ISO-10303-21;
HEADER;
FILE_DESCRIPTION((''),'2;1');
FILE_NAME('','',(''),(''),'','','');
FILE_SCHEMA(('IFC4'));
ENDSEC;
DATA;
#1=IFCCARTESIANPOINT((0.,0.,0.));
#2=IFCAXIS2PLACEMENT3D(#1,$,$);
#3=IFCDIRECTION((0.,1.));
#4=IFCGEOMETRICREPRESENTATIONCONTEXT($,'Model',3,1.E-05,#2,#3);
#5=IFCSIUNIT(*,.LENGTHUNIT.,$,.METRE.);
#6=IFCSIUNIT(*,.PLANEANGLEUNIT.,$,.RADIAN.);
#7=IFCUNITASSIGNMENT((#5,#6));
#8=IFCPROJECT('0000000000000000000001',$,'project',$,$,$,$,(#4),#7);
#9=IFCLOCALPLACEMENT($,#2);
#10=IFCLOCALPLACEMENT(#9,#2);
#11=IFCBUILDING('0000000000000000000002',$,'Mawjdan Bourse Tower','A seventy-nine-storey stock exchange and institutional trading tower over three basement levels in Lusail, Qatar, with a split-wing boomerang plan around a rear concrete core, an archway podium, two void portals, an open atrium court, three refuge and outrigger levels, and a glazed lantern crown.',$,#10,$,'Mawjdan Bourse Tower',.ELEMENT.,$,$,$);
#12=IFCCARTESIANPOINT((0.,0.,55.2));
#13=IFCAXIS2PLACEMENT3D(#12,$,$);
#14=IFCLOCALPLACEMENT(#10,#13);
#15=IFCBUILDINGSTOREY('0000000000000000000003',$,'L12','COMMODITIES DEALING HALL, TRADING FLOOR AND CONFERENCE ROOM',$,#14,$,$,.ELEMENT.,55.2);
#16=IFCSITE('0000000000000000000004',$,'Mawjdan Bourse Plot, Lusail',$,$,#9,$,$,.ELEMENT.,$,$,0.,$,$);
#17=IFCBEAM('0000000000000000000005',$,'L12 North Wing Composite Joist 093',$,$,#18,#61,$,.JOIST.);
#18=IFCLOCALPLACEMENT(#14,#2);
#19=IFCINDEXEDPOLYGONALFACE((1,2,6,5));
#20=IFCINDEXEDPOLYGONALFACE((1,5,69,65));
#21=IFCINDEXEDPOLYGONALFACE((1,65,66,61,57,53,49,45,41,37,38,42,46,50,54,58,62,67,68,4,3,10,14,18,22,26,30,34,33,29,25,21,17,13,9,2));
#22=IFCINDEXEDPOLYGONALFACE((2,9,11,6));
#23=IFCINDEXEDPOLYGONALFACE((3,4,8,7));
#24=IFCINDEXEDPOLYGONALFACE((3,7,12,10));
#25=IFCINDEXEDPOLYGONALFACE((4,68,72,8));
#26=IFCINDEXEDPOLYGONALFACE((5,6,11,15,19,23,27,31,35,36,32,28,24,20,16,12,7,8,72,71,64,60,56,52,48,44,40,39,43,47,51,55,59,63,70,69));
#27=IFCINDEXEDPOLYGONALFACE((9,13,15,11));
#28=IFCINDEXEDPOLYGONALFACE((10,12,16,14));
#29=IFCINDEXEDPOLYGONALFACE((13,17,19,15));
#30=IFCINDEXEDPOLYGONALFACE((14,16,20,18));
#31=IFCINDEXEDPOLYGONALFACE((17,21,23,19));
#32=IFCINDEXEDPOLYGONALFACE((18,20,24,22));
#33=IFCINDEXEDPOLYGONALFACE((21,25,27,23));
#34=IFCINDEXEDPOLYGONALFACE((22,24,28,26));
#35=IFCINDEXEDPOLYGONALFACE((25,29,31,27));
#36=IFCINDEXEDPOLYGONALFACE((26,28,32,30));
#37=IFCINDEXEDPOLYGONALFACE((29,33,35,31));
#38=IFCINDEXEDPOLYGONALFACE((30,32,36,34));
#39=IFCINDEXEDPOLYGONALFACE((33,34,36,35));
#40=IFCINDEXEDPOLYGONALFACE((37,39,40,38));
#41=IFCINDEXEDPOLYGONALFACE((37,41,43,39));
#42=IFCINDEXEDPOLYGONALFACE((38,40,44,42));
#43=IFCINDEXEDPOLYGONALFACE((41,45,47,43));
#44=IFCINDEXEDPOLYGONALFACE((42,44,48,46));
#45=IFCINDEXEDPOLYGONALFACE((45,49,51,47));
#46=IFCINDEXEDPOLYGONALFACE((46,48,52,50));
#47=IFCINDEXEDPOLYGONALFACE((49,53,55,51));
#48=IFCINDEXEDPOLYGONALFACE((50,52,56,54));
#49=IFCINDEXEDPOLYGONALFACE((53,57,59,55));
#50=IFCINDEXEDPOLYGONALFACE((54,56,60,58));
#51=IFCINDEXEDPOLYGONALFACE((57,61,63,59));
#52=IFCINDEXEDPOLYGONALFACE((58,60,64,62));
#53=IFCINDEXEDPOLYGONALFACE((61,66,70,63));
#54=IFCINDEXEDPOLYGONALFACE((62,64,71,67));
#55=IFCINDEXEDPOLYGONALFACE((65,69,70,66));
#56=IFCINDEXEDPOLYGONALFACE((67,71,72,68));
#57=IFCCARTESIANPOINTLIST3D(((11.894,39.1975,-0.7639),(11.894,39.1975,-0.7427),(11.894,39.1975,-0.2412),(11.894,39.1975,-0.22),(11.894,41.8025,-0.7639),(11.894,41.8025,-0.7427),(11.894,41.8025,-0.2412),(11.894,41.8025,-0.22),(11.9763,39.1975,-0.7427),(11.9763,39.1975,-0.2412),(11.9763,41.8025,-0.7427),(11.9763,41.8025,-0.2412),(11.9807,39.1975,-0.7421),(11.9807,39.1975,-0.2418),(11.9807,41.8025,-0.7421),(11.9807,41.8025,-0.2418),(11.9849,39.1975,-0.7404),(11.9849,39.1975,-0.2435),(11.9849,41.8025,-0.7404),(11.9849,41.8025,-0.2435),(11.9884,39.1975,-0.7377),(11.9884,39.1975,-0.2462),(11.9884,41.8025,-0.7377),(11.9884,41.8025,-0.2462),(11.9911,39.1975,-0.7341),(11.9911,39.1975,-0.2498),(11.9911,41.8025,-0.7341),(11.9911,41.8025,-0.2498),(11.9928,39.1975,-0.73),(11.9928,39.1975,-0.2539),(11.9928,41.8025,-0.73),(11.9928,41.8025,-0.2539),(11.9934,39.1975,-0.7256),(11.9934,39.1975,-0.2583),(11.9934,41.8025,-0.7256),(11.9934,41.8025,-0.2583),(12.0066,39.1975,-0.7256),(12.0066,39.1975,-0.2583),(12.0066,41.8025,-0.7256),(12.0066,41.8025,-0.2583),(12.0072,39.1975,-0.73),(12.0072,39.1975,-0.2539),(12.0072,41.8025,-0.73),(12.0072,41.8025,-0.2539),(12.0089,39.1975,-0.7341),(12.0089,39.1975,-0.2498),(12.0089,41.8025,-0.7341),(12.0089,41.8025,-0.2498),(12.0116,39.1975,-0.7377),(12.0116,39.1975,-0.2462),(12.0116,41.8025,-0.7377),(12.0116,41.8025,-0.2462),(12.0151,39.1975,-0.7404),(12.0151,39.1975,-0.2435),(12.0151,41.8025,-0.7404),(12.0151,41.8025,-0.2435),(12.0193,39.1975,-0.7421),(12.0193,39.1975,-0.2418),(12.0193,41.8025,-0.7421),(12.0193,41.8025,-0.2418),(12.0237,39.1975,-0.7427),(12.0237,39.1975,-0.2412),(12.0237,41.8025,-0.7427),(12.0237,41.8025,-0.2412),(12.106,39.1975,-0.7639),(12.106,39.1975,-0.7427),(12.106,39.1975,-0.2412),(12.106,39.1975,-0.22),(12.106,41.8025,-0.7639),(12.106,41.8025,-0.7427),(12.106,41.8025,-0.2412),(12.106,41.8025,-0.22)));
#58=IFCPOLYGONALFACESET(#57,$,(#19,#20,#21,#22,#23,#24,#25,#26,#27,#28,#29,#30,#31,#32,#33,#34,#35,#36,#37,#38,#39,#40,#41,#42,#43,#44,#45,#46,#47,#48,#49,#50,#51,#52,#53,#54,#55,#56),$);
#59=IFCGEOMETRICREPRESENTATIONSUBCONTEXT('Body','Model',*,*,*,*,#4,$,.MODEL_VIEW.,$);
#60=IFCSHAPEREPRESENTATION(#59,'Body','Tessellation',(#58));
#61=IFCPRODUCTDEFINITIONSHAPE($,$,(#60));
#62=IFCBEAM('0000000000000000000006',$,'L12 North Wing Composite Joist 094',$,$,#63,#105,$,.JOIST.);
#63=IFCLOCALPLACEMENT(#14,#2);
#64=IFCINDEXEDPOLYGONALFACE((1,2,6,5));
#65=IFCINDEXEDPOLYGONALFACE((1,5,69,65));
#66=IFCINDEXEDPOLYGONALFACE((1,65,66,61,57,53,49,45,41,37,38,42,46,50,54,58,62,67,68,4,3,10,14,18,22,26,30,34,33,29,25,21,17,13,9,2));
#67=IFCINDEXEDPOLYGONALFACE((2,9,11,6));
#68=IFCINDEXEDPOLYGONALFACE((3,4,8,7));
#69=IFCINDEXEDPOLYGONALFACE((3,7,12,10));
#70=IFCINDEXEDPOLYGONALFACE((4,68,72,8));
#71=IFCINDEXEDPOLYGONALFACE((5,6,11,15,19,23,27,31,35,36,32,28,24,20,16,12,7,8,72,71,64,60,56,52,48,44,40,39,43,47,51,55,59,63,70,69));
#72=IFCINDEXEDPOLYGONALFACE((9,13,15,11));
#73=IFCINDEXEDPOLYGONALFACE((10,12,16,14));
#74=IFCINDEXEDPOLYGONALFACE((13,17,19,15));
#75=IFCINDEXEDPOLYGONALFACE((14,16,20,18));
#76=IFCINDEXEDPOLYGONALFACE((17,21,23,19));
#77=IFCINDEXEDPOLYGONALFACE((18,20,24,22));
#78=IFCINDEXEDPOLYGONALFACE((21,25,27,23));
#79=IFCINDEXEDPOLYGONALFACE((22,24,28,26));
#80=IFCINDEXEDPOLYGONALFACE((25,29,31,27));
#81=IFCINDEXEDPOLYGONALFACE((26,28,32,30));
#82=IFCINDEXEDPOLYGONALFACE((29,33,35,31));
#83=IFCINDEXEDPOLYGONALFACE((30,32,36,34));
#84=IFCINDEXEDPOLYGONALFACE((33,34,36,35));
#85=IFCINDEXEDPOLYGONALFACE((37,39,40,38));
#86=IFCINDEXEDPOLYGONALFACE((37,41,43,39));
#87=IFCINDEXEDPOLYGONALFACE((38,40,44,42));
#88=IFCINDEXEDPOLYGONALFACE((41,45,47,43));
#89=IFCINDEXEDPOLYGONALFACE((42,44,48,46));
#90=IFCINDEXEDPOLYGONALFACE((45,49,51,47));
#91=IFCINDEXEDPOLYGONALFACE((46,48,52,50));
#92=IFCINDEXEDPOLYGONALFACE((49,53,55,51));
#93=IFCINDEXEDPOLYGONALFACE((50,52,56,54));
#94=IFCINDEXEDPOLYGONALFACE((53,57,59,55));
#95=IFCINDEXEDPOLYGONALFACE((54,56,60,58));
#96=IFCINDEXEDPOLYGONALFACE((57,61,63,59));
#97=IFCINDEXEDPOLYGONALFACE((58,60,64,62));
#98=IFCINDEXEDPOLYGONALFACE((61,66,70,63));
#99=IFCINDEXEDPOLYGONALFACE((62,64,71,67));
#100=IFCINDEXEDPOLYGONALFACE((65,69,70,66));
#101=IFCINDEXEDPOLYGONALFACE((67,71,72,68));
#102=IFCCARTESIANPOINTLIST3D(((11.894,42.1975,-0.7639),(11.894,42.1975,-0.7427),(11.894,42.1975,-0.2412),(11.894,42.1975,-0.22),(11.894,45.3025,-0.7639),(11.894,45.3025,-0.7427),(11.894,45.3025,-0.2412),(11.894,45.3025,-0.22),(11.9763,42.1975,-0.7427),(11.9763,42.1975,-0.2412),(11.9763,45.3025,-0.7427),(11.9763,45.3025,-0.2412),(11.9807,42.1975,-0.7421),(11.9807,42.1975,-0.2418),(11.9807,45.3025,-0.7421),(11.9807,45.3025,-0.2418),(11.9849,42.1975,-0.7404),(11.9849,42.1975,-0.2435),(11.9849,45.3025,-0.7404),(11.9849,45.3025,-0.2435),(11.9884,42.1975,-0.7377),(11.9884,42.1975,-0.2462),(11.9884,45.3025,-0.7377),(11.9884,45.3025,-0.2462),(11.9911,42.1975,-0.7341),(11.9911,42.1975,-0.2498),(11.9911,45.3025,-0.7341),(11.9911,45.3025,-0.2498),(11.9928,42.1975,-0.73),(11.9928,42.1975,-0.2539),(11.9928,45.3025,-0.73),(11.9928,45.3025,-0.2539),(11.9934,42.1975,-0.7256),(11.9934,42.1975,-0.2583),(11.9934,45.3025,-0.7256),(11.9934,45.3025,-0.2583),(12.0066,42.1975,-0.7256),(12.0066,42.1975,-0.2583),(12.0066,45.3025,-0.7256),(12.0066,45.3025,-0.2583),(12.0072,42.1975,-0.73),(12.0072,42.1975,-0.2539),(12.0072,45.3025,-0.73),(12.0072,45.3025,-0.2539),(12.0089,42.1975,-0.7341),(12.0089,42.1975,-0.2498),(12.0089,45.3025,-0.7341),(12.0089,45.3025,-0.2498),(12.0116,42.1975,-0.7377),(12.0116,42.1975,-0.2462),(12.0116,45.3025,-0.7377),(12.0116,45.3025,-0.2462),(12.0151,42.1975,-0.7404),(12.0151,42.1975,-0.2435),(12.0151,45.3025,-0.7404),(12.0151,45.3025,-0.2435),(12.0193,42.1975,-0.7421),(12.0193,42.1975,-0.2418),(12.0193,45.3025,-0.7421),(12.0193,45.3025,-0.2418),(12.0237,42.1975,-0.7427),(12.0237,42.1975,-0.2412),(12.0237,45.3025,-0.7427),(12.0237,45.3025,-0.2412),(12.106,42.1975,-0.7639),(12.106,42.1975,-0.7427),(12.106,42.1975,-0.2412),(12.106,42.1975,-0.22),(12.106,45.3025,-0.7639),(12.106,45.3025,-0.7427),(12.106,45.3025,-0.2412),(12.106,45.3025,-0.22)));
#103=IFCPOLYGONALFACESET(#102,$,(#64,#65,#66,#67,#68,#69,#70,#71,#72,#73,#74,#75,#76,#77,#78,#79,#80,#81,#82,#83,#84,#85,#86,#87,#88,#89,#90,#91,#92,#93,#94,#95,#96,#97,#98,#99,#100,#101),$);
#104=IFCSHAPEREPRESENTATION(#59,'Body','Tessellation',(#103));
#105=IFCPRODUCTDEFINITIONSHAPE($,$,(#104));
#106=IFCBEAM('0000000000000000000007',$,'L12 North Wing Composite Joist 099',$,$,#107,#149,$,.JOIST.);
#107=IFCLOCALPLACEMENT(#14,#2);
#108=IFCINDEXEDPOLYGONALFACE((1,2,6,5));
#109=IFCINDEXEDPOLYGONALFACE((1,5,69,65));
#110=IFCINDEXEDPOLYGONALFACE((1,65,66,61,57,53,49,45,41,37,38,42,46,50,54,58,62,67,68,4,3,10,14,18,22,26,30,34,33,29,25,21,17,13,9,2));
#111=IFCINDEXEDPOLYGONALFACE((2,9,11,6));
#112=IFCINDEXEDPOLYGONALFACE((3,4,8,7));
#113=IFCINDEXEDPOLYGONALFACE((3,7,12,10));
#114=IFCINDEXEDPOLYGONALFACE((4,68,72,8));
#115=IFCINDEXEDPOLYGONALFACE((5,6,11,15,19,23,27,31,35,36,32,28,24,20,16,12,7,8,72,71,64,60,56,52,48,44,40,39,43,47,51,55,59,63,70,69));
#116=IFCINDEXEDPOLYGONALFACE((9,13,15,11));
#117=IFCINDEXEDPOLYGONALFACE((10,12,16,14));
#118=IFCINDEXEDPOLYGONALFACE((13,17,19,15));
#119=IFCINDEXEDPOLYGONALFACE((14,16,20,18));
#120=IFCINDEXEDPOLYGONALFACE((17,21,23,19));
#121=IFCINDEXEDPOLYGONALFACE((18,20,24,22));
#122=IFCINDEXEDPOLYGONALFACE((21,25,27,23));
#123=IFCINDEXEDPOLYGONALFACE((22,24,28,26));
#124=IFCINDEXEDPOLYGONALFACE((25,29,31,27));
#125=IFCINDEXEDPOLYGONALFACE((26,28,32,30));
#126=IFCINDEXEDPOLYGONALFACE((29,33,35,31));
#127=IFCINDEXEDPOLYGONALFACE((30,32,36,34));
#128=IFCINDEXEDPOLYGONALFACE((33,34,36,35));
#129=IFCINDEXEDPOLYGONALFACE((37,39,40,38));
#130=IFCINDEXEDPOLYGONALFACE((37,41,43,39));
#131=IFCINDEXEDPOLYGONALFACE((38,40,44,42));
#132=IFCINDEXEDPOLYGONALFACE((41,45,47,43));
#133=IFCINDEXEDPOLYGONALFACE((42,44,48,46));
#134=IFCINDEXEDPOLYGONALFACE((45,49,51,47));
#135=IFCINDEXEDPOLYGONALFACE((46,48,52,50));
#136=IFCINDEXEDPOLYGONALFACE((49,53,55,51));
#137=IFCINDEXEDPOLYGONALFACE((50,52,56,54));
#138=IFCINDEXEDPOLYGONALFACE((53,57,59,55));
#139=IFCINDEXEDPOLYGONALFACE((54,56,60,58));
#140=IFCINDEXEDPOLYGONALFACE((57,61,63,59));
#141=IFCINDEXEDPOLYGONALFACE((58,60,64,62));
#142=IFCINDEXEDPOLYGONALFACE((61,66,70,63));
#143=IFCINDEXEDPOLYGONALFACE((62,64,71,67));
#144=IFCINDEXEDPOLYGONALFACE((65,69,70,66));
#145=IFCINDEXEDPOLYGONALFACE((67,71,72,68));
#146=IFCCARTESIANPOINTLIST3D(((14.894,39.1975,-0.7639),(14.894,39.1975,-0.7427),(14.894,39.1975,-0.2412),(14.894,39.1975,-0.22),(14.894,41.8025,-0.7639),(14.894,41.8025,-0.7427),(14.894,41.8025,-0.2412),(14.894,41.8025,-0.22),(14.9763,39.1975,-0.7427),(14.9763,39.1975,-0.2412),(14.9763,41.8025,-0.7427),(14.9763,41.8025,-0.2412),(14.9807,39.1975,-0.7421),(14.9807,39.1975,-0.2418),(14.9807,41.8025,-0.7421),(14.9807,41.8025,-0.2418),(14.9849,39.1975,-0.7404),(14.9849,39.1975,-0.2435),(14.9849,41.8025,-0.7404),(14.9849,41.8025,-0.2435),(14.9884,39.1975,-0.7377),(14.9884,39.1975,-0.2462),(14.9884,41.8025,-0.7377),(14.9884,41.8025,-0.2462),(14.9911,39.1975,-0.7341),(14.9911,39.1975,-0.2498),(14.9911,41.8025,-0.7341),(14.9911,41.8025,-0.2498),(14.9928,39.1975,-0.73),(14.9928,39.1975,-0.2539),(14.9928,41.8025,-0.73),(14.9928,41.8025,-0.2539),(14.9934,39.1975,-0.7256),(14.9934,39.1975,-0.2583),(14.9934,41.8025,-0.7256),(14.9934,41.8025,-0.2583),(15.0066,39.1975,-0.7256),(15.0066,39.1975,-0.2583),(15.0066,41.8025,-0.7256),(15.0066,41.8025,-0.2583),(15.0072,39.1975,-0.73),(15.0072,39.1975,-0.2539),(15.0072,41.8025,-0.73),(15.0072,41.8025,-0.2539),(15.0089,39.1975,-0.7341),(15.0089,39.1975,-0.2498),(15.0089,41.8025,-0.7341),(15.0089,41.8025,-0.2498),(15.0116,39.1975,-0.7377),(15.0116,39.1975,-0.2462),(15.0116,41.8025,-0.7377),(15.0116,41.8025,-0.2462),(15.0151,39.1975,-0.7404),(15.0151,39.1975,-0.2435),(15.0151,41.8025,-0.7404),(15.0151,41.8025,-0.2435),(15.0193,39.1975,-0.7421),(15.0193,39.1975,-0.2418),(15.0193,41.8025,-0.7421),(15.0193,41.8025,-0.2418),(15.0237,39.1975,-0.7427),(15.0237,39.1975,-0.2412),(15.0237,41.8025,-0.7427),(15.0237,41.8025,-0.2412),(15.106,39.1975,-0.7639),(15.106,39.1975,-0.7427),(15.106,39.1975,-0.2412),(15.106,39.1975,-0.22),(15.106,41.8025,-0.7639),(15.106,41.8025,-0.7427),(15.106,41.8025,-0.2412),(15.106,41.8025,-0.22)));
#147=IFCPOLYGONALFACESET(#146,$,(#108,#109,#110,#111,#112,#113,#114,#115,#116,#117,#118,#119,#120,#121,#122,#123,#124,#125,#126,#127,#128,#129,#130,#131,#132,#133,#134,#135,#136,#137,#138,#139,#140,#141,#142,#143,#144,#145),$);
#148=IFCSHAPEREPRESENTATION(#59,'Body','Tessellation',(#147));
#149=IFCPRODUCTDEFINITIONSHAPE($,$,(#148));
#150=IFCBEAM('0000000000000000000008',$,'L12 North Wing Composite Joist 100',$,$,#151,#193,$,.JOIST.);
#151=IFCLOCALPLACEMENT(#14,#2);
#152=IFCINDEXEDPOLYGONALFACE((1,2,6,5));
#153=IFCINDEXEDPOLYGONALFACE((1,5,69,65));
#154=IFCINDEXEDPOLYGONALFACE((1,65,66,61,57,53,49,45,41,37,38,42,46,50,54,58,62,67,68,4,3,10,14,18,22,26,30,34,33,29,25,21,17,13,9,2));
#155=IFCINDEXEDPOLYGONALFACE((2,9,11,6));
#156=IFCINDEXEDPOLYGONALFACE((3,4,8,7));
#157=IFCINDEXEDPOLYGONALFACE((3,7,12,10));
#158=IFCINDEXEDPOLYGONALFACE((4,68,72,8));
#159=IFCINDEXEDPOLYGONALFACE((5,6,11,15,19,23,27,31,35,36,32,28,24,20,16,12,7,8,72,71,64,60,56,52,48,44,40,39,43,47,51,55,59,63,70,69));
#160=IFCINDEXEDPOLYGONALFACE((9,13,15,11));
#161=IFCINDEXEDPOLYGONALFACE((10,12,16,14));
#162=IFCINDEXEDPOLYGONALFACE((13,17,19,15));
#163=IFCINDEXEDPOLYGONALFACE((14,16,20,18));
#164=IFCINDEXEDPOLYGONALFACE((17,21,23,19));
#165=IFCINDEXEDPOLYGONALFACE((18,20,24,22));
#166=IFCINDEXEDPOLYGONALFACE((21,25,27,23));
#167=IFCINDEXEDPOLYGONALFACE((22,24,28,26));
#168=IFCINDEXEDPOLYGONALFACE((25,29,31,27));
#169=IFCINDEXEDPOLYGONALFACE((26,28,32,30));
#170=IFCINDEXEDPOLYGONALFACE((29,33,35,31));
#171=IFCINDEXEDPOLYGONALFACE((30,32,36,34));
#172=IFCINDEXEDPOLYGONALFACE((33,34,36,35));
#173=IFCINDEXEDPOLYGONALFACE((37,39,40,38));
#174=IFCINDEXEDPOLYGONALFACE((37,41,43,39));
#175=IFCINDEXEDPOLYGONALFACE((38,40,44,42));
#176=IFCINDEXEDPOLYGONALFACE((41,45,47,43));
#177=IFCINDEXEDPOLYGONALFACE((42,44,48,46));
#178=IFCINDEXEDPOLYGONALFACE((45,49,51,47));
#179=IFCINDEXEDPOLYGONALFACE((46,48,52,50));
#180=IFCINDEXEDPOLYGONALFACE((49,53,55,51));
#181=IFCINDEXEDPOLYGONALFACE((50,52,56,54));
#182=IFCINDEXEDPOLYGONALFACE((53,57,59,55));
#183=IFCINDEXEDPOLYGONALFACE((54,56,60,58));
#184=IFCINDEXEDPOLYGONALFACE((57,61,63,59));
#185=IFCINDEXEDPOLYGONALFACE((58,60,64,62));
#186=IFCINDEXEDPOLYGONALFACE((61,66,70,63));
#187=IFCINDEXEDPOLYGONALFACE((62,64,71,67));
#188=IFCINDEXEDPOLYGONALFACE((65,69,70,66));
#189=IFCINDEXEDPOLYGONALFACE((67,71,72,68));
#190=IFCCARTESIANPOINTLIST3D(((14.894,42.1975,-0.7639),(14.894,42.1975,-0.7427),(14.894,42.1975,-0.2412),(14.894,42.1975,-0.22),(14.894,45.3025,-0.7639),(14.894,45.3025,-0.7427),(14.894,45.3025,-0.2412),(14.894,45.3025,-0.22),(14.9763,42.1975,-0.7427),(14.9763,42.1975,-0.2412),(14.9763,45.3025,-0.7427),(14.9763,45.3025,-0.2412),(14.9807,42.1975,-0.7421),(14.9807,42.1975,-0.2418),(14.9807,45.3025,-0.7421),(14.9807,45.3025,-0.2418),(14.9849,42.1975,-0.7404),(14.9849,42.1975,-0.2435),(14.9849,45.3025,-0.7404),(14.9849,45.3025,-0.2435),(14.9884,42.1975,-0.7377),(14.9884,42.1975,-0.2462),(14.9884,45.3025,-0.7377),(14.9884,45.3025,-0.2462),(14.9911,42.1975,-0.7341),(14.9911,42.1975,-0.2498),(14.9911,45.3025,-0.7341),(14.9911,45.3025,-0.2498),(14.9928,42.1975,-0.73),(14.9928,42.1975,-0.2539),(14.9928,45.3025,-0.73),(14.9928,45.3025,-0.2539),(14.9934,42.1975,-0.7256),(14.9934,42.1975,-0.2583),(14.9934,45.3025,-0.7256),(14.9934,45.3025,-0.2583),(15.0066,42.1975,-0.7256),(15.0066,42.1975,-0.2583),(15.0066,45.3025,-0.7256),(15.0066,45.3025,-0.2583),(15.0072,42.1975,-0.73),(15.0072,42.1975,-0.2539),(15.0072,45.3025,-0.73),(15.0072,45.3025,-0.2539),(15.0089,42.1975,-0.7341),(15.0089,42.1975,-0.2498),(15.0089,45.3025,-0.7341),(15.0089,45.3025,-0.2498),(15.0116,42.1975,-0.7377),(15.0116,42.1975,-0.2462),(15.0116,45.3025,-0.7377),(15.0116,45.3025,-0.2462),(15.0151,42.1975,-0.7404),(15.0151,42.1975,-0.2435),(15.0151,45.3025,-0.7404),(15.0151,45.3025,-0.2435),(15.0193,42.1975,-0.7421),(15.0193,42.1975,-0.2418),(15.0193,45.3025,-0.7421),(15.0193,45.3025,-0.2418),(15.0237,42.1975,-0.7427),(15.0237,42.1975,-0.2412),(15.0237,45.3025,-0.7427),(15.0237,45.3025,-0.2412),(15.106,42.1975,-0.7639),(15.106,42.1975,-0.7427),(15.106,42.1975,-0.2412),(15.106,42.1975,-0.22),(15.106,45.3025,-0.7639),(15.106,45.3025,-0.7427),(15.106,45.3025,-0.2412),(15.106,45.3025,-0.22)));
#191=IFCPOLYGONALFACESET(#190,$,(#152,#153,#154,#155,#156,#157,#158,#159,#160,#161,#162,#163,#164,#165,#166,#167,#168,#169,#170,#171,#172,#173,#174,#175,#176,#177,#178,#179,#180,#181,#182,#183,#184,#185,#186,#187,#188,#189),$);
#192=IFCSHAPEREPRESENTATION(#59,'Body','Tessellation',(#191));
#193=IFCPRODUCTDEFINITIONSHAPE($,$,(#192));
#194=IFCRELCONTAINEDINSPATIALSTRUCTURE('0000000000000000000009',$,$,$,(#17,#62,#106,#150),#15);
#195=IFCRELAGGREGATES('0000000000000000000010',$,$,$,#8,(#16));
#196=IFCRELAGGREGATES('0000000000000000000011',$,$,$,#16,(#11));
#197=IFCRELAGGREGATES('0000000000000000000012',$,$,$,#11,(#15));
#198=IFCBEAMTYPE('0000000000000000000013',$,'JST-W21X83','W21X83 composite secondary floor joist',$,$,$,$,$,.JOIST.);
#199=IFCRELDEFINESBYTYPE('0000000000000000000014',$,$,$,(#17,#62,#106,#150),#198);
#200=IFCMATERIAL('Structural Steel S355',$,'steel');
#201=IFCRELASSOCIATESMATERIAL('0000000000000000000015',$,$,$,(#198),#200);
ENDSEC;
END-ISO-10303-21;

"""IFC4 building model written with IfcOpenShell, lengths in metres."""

from ifc_helpers import new_model, si_unit, direction, frame, origin, origin_2d, place, context, subcontext, project, spatial, i_section, extrude, material, material_profile, profile_set, type_object, element, save


model = new_model("IFC4")

# Units and contexts
model_context = context("Model", 3, precision=1e-05, world=origin(), true_north=direction((0.0, 1.0)))
body_context = subcontext(model_context, "Body", "Model", "MODEL_VIEW")
ifc_project = project(units=[si_unit("LENGTHUNIT", "METRE"), si_unit("PLANEANGLEUNIT", "RADIAN")], contexts=[model_context])

# Site, building, storey
site_placement = place(None, origin())
site = spatial("IfcSite", under=ifc_project, at=site_placement, Name="Mawjdan Bourse Plot, Lusail", CompositionType="ELEMENT", RefElevation=0.0)
building_placement = place(site_placement, origin())
building = spatial("IfcBuilding", under=site, at=building_placement, Name="Mawjdan Bourse Tower", Description="A seventy-nine-storey stock exchange and institutional trading tower over three basement levels in Lusail, Qatar, with a split-wing boomerang plan around a rear concrete core, an archway podium, two void portals, an open atrium court, three refuge and outrigger levels, and a glazed lantern crown.", LongName="Mawjdan Bourse Tower", CompositionType="ELEMENT")
storey_placement = place(building_placement, frame((0.0, 0.0, 55.2)))
storey = spatial("IfcBuildingStorey", under=building, at=storey_placement, Name="L12", Description="COMMODITIES DEALING HALL, TRADING FLOOR AND CONFERENCE ROOM", CompositionType="ELEMENT", Elevation=55.2)

# Beams
ifc_material_1 = material(Name="Structural Steel S355", Category="steel")
ifc_material_profile_1 = material_profile(ifc_material_1, i_section(OverallWidth=0.2119, OverallDepth=0.5439, WebThickness=0.0132, FlangeThickness=0.0212, FilletRadius=0.0171, at=origin_2d()), Name="W21X83")
ifc_profile_set_1 = profile_set([ifc_material_profile_1], Name="Structural Steel S355")
beam_type_1 = type_object("IfcBeamType", Name="JST-W21X83", Description="W21X83 composite secondary floor joist", PredefinedType="JOIST", material=ifc_profile_set_1)
beam_1_placement = place(storey_placement, frame((12.0, 39.1975, -0.4919), z_axis=(0.0, 1.0, 0.0), x_axis=(-1.0, 0.0, 0.0)))
element("IfcBeam", 1, at=beam_1_placement, inside=storey, type_object=beam_type_1, Name="L12 North Wing Composite Joist 093", PredefinedType="JOIST", context=body_context, shape_type="SweptSolid", body=[
    extrude(i_section(OverallWidth=0.2119, OverallDepth=0.5439, WebThickness=0.0132, FlangeThickness=0.0212, FilletRadius=0.0171, at=origin_2d()), origin(), (0.0, 0.0, 1.0), 2.605),
])
beam_2_placement = place(storey_placement, frame((12.0, 42.1975, -0.4919), z_axis=(0.0, 1.0, 0.0), x_axis=(-1.0, 0.0, 0.0)))
element("IfcBeam", 2, at=beam_2_placement, inside=storey, type_object=beam_type_1, Name="L12 North Wing Composite Joist 094", PredefinedType="JOIST", context=body_context, shape_type="SweptSolid", body=[
    extrude(i_section(OverallWidth=0.2119, OverallDepth=0.5439, WebThickness=0.0132, FlangeThickness=0.0212, FilletRadius=0.0171, at=origin_2d()), origin(), (0.0, 0.0, 1.0), 3.105),
])
beam_3_placement = place(storey_placement, frame((15.0, 39.1975, -0.4919), z_axis=(0.0, 1.0, 0.0), x_axis=(-1.0, 0.0, 0.0)))
element("IfcBeam", 3, at=beam_3_placement, inside=storey, type_object=beam_type_1, Name="L12 North Wing Composite Joist 099", PredefinedType="JOIST", context=body_context, shape_type="SweptSolid", body=[
    extrude(i_section(OverallWidth=0.2119, OverallDepth=0.5439, WebThickness=0.0132, FlangeThickness=0.0212, FilletRadius=0.0171, at=origin_2d()), origin(), (0.0, 0.0, 1.0), 2.605),
])
beam_4_placement = place(storey_placement, frame((15.0, 42.1975, -0.4919), z_axis=(0.0, 1.0, 0.0), x_axis=(-1.0, 0.0, 0.0)))
element("IfcBeam", 4, at=beam_4_placement, inside=storey, type_object=beam_type_1, Name="L12 North Wing Composite Joist 100", PredefinedType="JOIST", context=body_context, shape_type="SweptSolid", body=[
    extrude(i_section(OverallWidth=0.2119, OverallDepth=0.5439, WebThickness=0.0132, FlangeThickness=0.0212, FilletRadius=0.0171, at=origin_2d()), origin(), (0.0, 0.0, 1.0), 3.105),
])

save(model, "model.ifc")
